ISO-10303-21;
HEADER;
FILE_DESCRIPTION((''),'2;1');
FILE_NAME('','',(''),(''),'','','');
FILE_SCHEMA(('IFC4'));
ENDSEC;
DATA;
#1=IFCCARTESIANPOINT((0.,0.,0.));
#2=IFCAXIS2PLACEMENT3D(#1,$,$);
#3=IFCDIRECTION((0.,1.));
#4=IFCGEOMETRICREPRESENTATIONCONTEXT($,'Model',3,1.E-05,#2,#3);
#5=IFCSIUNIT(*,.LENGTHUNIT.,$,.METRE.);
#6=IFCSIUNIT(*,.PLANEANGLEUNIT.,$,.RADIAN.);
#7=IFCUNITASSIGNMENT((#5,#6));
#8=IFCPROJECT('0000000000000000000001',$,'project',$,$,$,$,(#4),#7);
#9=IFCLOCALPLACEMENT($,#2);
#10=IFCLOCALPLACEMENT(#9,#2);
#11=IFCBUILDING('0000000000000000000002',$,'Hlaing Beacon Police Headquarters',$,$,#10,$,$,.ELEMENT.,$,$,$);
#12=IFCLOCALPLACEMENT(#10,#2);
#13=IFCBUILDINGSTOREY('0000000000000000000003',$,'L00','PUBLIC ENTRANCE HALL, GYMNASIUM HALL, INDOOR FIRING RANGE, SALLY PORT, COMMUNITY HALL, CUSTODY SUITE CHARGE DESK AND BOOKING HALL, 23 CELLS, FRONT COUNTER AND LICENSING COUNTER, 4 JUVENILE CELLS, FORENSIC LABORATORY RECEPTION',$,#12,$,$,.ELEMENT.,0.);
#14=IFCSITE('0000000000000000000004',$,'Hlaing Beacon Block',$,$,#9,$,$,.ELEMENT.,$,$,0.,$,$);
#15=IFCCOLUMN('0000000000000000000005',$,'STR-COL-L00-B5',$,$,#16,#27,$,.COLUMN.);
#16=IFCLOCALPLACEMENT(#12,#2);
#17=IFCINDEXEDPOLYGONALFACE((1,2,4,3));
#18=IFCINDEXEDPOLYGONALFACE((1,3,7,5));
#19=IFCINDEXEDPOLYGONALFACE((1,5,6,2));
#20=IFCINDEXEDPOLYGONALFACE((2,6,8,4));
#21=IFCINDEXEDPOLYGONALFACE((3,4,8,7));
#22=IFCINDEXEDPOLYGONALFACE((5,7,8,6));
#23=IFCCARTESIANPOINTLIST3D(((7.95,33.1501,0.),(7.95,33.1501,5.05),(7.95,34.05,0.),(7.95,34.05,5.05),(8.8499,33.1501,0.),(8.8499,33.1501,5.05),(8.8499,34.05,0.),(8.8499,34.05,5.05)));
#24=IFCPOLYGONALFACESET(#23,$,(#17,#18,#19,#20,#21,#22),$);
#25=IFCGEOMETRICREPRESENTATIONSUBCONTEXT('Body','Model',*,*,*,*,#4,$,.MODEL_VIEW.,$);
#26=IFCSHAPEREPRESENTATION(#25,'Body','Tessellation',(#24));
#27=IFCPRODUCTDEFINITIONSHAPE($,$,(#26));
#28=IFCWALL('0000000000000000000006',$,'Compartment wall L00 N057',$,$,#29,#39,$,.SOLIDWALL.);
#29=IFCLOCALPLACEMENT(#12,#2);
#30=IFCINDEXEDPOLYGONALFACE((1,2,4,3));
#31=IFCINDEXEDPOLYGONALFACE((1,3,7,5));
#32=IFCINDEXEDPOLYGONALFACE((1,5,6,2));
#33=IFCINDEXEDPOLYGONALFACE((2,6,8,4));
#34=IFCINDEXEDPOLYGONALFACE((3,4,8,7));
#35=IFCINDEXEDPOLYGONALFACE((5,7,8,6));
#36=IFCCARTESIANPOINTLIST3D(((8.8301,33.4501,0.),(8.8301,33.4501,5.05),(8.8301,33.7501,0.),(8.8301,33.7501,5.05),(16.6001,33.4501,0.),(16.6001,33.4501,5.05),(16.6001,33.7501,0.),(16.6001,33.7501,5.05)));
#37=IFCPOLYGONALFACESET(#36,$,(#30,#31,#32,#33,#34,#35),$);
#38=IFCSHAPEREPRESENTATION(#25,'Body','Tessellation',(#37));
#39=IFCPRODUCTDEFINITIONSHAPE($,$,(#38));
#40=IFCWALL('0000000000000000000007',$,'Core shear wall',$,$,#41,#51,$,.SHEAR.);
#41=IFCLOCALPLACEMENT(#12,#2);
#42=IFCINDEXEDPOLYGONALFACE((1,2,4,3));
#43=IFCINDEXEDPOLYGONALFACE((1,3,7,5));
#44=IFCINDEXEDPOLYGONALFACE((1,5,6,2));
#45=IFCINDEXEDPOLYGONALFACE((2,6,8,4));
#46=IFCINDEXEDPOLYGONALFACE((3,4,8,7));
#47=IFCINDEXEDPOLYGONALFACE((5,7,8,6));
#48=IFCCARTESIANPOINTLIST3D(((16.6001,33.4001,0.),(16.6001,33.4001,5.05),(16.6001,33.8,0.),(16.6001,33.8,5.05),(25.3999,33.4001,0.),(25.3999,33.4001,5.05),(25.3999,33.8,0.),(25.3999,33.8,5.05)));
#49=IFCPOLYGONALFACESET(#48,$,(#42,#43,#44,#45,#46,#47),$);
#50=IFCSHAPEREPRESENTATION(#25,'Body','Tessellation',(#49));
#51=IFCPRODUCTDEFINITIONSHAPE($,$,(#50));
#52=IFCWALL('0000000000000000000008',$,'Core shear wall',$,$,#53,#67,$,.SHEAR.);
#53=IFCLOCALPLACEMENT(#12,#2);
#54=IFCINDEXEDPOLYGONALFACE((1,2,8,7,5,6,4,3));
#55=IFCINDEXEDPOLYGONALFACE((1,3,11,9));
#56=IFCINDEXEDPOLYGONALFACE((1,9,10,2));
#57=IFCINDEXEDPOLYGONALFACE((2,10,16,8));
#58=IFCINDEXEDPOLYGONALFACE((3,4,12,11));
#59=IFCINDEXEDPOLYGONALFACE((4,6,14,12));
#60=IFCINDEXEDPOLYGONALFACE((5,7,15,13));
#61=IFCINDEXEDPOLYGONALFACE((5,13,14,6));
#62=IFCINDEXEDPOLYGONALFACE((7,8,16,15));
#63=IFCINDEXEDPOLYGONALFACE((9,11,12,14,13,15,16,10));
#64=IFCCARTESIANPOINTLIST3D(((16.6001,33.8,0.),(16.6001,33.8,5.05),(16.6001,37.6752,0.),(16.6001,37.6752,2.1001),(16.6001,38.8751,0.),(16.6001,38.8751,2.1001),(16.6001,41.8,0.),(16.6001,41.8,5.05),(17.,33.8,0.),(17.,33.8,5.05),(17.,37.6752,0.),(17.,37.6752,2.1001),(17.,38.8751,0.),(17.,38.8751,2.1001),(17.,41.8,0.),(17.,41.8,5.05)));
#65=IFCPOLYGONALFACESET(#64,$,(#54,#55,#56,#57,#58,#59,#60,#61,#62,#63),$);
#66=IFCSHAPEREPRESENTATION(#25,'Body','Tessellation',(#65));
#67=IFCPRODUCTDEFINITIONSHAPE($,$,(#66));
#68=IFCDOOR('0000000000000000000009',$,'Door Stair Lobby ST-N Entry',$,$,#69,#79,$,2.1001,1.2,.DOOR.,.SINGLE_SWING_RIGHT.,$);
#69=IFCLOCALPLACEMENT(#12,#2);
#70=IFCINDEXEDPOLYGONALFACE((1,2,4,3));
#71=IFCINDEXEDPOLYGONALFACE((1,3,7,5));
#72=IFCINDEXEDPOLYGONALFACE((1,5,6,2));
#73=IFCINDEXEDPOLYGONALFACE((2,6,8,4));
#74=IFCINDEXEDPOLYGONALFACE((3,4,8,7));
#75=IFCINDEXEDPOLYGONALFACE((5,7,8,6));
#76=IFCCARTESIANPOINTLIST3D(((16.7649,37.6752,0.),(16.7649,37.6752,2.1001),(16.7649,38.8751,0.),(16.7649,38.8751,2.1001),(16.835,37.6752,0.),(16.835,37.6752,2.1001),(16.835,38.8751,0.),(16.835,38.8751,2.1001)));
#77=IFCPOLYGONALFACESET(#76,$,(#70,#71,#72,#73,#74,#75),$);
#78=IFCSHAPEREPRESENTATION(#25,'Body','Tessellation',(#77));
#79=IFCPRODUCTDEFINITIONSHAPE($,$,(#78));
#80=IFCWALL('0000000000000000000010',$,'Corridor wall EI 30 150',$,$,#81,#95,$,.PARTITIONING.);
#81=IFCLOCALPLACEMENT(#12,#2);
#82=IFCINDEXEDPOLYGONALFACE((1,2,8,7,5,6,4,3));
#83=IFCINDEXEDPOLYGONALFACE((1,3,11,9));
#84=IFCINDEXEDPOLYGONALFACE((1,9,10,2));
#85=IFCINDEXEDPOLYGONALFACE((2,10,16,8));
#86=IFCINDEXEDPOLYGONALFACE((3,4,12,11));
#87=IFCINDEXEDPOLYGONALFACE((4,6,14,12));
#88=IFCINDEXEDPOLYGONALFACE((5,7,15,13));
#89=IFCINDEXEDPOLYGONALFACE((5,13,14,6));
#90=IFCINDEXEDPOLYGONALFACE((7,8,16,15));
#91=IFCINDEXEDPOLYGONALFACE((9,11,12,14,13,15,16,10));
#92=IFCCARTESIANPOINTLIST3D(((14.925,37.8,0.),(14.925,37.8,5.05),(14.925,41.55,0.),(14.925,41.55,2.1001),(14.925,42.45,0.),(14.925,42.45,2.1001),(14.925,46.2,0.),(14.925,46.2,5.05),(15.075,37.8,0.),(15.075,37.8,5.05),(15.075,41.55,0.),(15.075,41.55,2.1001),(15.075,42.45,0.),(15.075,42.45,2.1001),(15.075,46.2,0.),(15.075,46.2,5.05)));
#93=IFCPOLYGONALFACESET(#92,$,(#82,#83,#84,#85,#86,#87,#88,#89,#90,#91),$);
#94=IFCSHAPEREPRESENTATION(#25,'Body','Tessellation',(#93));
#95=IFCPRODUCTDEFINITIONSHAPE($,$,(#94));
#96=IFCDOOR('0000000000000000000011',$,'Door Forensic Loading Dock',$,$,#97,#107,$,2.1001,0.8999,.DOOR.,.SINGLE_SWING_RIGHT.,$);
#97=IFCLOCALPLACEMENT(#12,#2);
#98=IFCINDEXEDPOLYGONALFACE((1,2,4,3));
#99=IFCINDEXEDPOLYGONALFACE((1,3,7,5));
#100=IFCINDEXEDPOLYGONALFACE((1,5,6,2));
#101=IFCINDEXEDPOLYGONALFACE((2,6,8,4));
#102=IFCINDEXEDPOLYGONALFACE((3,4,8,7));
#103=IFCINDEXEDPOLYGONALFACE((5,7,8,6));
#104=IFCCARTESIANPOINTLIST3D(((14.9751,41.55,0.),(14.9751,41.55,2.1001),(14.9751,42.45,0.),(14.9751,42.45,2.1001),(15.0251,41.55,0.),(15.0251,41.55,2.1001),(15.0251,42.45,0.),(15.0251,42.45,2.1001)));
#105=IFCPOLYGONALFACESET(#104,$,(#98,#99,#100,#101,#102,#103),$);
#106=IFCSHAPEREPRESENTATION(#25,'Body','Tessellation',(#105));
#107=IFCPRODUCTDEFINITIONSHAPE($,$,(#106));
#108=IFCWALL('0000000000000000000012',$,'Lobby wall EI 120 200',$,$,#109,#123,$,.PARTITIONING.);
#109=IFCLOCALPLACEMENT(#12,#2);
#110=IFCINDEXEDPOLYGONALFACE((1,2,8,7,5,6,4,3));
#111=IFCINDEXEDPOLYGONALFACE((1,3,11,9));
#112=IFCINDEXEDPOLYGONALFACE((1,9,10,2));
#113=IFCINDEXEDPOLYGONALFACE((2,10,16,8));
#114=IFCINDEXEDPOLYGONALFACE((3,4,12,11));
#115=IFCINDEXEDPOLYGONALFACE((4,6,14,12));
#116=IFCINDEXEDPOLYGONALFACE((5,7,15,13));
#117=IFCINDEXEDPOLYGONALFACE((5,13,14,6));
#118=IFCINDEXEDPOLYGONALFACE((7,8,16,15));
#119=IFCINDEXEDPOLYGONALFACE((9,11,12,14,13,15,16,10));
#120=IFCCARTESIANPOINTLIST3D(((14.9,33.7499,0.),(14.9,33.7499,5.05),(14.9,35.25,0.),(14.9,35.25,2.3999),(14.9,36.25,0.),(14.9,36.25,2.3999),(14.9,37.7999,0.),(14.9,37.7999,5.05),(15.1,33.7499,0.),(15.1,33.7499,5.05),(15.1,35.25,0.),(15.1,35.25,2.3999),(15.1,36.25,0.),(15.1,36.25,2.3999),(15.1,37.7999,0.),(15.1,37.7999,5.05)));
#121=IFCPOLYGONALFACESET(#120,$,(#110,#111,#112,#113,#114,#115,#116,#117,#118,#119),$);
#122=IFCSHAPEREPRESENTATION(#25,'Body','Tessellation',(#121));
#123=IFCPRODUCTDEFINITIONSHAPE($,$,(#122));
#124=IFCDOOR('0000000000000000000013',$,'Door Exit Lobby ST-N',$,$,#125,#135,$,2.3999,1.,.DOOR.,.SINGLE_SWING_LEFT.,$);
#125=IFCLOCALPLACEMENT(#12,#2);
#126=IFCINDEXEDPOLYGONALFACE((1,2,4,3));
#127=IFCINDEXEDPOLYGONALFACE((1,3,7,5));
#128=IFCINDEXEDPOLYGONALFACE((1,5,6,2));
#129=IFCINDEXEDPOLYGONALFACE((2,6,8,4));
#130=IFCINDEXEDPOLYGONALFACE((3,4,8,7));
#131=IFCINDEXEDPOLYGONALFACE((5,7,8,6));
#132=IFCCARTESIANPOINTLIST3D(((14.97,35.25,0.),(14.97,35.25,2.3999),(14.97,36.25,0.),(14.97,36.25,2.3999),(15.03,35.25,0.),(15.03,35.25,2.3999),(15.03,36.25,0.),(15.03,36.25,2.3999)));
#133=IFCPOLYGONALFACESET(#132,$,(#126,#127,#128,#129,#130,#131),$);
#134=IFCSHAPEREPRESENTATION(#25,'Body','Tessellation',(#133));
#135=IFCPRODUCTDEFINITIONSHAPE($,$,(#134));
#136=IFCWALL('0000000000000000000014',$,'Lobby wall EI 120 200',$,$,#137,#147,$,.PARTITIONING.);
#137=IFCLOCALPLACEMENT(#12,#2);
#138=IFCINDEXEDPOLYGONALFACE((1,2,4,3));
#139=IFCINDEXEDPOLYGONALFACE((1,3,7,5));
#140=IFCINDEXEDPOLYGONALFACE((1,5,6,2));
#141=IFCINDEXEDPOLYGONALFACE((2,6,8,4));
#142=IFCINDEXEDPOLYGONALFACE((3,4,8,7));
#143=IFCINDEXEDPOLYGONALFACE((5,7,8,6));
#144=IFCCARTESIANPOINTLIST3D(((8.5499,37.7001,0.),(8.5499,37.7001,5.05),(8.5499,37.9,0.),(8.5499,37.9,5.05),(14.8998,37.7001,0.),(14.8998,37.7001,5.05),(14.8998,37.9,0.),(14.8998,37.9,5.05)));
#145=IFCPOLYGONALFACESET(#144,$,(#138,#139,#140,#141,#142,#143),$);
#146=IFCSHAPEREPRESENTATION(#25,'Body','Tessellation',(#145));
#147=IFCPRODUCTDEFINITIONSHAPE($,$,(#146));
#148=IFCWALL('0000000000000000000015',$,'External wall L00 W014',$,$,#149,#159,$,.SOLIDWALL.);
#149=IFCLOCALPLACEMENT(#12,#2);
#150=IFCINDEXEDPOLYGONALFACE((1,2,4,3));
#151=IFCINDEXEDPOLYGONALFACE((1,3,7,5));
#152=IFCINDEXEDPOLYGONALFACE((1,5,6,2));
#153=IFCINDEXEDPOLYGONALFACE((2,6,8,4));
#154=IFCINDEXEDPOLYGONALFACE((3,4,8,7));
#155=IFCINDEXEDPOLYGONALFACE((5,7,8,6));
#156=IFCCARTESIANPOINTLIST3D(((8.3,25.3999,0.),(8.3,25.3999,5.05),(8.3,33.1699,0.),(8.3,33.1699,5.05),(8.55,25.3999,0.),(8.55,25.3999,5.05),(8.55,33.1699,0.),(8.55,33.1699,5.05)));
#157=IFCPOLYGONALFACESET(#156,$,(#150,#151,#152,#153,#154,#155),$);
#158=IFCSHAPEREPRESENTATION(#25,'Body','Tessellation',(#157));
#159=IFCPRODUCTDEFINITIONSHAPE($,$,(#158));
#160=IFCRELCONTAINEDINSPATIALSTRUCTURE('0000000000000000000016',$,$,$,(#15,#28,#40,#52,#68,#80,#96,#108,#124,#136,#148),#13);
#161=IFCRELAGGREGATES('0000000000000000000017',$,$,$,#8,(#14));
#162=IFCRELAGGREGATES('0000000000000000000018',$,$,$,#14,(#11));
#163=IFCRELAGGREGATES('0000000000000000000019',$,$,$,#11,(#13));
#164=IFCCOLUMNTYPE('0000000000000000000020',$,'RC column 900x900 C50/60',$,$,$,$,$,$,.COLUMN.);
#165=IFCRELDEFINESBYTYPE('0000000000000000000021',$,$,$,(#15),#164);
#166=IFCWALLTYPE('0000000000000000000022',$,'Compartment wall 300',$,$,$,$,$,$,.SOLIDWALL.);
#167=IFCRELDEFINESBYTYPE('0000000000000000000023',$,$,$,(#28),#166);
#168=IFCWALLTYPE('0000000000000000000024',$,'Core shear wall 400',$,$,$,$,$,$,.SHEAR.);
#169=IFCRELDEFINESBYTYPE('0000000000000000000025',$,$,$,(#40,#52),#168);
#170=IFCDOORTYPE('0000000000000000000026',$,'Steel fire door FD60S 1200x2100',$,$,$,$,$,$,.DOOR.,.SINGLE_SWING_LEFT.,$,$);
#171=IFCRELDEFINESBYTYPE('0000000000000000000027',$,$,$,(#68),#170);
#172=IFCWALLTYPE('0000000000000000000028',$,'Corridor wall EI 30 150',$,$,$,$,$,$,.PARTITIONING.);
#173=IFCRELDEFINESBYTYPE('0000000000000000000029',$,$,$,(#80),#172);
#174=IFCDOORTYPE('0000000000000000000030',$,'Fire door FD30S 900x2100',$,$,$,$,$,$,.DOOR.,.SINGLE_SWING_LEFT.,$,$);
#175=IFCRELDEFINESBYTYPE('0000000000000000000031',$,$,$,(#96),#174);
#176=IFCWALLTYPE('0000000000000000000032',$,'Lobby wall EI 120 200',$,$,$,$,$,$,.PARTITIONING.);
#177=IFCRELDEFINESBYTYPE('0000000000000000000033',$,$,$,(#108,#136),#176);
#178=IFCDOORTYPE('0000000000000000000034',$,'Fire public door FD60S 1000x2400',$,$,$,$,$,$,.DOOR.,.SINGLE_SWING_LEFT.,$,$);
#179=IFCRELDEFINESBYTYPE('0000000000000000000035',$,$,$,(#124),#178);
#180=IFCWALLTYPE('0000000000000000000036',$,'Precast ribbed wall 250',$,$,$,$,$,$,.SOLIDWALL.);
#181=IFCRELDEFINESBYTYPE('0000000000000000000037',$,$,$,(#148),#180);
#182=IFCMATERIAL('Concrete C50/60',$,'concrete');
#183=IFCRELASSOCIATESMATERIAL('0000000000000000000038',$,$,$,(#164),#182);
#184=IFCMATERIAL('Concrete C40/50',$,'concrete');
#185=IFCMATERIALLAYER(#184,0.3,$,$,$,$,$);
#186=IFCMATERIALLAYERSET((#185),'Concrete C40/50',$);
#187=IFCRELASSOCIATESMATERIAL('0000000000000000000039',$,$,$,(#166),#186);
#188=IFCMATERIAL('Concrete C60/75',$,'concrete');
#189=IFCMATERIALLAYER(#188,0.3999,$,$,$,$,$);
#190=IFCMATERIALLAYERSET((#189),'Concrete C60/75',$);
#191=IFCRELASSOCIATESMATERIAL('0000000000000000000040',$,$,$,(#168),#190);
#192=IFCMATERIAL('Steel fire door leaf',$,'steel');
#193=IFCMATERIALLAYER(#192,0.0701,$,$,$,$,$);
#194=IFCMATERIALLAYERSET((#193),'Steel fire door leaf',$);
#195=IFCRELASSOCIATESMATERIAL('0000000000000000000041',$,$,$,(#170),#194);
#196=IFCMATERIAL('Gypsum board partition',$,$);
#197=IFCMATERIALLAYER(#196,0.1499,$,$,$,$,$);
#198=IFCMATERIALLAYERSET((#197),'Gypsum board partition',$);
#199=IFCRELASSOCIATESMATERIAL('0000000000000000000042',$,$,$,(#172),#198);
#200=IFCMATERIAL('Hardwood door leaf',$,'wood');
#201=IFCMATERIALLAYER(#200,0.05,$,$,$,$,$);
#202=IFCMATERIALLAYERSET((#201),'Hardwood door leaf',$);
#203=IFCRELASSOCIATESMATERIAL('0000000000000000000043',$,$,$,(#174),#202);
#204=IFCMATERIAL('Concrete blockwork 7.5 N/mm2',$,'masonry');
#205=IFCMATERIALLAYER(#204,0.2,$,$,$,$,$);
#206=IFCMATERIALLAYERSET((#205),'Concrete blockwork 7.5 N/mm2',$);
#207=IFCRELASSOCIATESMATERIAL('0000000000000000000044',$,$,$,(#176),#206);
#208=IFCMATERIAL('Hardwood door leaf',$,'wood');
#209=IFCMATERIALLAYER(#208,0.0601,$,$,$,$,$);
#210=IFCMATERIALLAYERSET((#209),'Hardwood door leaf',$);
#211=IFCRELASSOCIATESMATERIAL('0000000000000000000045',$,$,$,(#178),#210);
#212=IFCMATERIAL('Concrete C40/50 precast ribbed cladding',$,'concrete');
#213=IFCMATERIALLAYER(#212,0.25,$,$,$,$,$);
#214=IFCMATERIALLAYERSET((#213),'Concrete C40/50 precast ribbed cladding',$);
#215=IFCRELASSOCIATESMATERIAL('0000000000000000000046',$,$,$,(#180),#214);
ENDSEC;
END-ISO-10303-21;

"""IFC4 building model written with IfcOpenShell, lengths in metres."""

from ifc_helpers import new_model, si_unit, direction, frame, frame_2d, origin, origin_2d, place, context, subcontext, project, spatial, rectangle, extrude, material, layer, layer_set, material_profile, profile_set, type_object, element, fill, save


model = new_model("IFC4")

# Units and contexts
model_context = context("Model", 3, precision=1e-05, world=origin(), true_north=direction((0.0, 1.0)))
body_context = subcontext(model_context, "Body", "Model", "MODEL_VIEW")
ifc_project = project(units=[si_unit("LENGTHUNIT", "METRE"), si_unit("PLANEANGLEUNIT", "RADIAN")], contexts=[model_context])

# Site, building, storey
site_placement = place(None, origin())
site = spatial("IfcSite", under=ifc_project, at=site_placement, Name="Hlaing Beacon Block", CompositionType="ELEMENT", RefElevation=0.0)
building_placement = place(site_placement, origin())
building = spatial("IfcBuilding", under=site, at=building_placement, Name="Hlaing Beacon Police Headquarters", CompositionType="ELEMENT")
storey_placement = place(building_placement, origin())
storey = spatial("IfcBuildingStorey", under=building, at=storey_placement, Name="L00", Description="PUBLIC ENTRANCE HALL, GYMNASIUM HALL, INDOOR FIRING RANGE, SALLY PORT, COMMUNITY HALL, CUSTODY SUITE CHARGE DESK AND BOOKING HALL, 23 CELLS, FRONT COUNTER AND LICENSING COUNTER, 4 JUVENILE CELLS, FORENSIC LABORATORY RECEPTION", CompositionType="ELEMENT", Elevation=0.0)

# Column
ifc_material_1 = material(Name="Concrete C50/60", Category="concrete")
ifc_material_profile = material_profile(ifc_material_1, rectangle(XDim=0.8999, YDim=0.8999, at=origin_2d()), Name="900x900")
ifc_profile_set = profile_set([ifc_material_profile], Name="Concrete C50/60")
column_type = type_object("IfcColumnType", Name="RC column 900x900 C50/60", PredefinedType="COLUMN", material=ifc_profile_set)
column_placement = place(storey_placement, frame((8.3999, 33.6001, 0.0), z_axis=(0.0, 0.0, 1.0), x_axis=(1.0, 0.0, 0.0)))
element("IfcColumn", 1, at=column_placement, inside=storey, type_object=column_type, Name="STR-COL-L00-B5", PredefinedType="COLUMN", context=body_context, shape_type="SweptSolid", body=[
    extrude(rectangle(XDim=0.8999, YDim=0.8999, at=origin_2d()), origin(), (0.0, 0.0, 1.0), 5.05),
])

# Walls
ifc_material_2 = material(Name="Concrete C40/50", Category="concrete")
ifc_layer_1 = layer(ifc_material_2, 0.3)
ifc_layer_set_1 = layer_set([ifc_layer_1], Name="Concrete C40/50")
wall_type_1 = type_object("IfcWallType", Name="Compartment wall 300", PredefinedType="SOLIDWALL", material=ifc_layer_set_1)
wall_1_placement = place(storey_placement, frame((16.6001, 33.6001, 0.0), z_axis=(0.0, 0.0, 1.0), x_axis=(-1.0, 0.0, 0.0)))
element("IfcWall", 2, at=wall_1_placement, inside=storey, type_object=wall_type_1, Name="Compartment wall L00 N057", PredefinedType="SOLIDWALL", context=body_context, shape_type="SweptSolid", body=[
    extrude(rectangle(XDim=7.77, YDim=0.3, at=frame_2d((3.885, 0.0))), origin(), (0.0, 0.0, 1.0), 5.05),
])
ifc_material_3 = material(Name="Concrete C60/75", Category="concrete")
ifc_layer_2 = layer(ifc_material_3, 0.3999)
ifc_layer_set_2 = layer_set([ifc_layer_2], Name="Concrete C60/75")
wall_type_2 = type_object("IfcWallType", Name="Core shear wall 400", PredefinedType="SHEAR", material=ifc_layer_set_2)
wall_2_placement = place(storey_placement, frame((16.6001, 33.6001, 0.0), z_axis=(0.0, 0.0, 1.0), x_axis=(1.0, 0.0, 0.0)))
element("IfcWall", 3, at=wall_2_placement, inside=storey, type_object=wall_type_2, Name="Core shear wall", PredefinedType="SHEAR", context=body_context, shape_type="SweptSolid", body=[
    extrude(rectangle(XDim=8.7998, YDim=0.3999, at=frame_2d((4.3999, 0.0))), origin(), (0.0, 0.0, 1.0), 5.05),
])

# Walls, openings, doors
wall_3_placement = place(storey_placement, frame((16.8, 33.8, 0.0), z_axis=(0.0, 0.0, 1.0), x_axis=(0.0, 1.0, 0.0)))
wall_3 = element("IfcWall", 4, at=wall_3_placement, inside=storey, type_object=wall_type_2, Name="Core shear wall", PredefinedType="SHEAR", context=body_context, shape_type="SweptSolid", body=[
    extrude(rectangle(XDim=8.0, YDim=0.3999, at=frame_2d((4.0, 0.0))), origin(), (0.0, 0.0, 1.0), 5.05),
])
opening_1_placement = place(wall_3_placement, frame((3.875, 0.0, 0.0)))
opening_1 = element("IfcOpeningElement", 5, at=opening_1_placement, cuts=wall_3, PredefinedType="OPENING", context=body_context, shape_type="SweptSolid", body=[
    extrude(rectangle(XDim=1.2, YDim=2.1001, at=frame_2d((0.6001, 1.05))), frame((0.0, 0.21, 0.0), z_axis=(0.0, -1.0, 0.0), x_axis=(1.0, 0.0, 0.0)), (0.0, 0.0, 1.0), 0.4199),
])
ifc_material_4 = material(Name="Steel fire door leaf", Category="steel")
ifc_layer_3 = layer(ifc_material_4, 0.0701)
ifc_layer_set_3 = layer_set([ifc_layer_3], Name="Steel fire door leaf")
door_type_1 = type_object("IfcDoorType", Name="Steel fire door FD60S 1200x2100", OperationType="SINGLE_SWING_LEFT", PredefinedType="DOOR", material=ifc_layer_set_3)
door_1_placement = place(opening_1_placement, frame((1.2, 0.0, 0.0), z_axis=(0.0, 0.0, 1.0), x_axis=(-1.0, 0.0, 0.0)))
door_1 = element("IfcDoor", 6, at=door_1_placement, inside=storey, type_object=door_type_1, Name="Door Stair Lobby ST-N Entry", OperationType="SINGLE_SWING_RIGHT", OverallHeight=2.1001, OverallWidth=1.2, PredefinedType="DOOR", context=body_context, shape_type="SweptSolid", body=[
    extrude(rectangle(XDim=1.2, YDim=2.1001, at=frame_2d((0.5999, 1.05))), frame((0.0, 0.0349, 0.0), z_axis=(0.0, -1.0, 0.0), x_axis=(1.0, 0.0, 0.0)), (0.0, 0.0, 1.0), 0.0701),
])
fill(opening_1, door_1)
ifc_material_5 = material(Name="Gypsum board partition")
ifc_layer_4 = layer(ifc_material_5, 0.1499)
ifc_layer_set_4 = layer_set([ifc_layer_4], Name="Gypsum board partition")
wall_type_3 = type_object("IfcWallType", Name="Corridor wall EI 30 150", PredefinedType="PARTITIONING", material=ifc_layer_set_4)
wall_4_placement = place(storey_placement, frame((15.0, 37.8, 0.0), z_axis=(0.0, 0.0, 1.0), x_axis=(0.0, 1.0, 0.0)))
wall_4 = element("IfcWall", 7, at=wall_4_placement, inside=storey, type_object=wall_type_3, Name="Corridor wall EI 30 150", PredefinedType="PARTITIONING", context=body_context, shape_type="SweptSolid", body=[
    extrude(rectangle(XDim=8.3999, YDim=0.1499, at=frame_2d((4.2, 0.0))), origin(), (0.0, 0.0, 1.0), 5.05),
])
opening_2_placement = place(wall_4_placement, frame((3.75, 0.0, 0.0)))
opening_2 = element("IfcOpeningElement", 8, at=opening_2_placement, cuts=wall_4, PredefinedType="OPENING", context=body_context, shape_type="SweptSolid", body=[
    extrude(rectangle(XDim=0.8999, YDim=2.1001, at=frame_2d((0.45, 1.05))), frame((0.0, 0.085, 0.0), z_axis=(0.0, -1.0, 0.0), x_axis=(1.0, 0.0, 0.0)), (0.0, 0.0, 1.0), 0.1699),
])
ifc_material_6 = material(Name="Hardwood door leaf", Category="wood")
ifc_layer_5 = layer(ifc_material_6, 0.05)
ifc_layer_set_5 = layer_set([ifc_layer_5], Name="Hardwood door leaf")
door_type_2 = type_object("IfcDoorType", Name="Fire door FD30S 900x2100", OperationType="SINGLE_SWING_LEFT", PredefinedType="DOOR", material=ifc_layer_set_5)
door_2_placement = place(opening_2_placement, origin())
door_2 = element("IfcDoor", 9, at=door_2_placement, inside=storey, type_object=door_type_2, Name="Door Forensic Loading Dock", OperationType="SINGLE_SWING_RIGHT", OverallHeight=2.1001, OverallWidth=0.8999, PredefinedType="DOOR", context=body_context, shape_type="SweptSolid", body=[
    extrude(rectangle(XDim=0.8999, YDim=2.1001, at=frame_2d((0.45, 1.05))), frame((0.0, 0.0249, 0.0), z_axis=(0.0, -1.0, 0.0), x_axis=(1.0, 0.0, 0.0)), (0.0, 0.0, 1.0), 0.05),
])
fill(opening_2, door_2)
ifc_material_7 = material(Name="Concrete blockwork 7.5 N/mm2", Category="masonry")
ifc_layer_6 = layer(ifc_material_7, 0.2)
ifc_layer_set_6 = layer_set([ifc_layer_6], Name="Concrete blockwork 7.5 N/mm2")
wall_type_4 = type_object("IfcWallType", Name="Lobby wall EI 120 200", PredefinedType="PARTITIONING", material=ifc_layer_set_6)
wall_5_placement = place(storey_placement, frame((15.0, 33.75, 0.0), z_axis=(0.0, 0.0, 1.0), x_axis=(0.0, 1.0, 0.0)))
wall_5 = element("IfcWall", 10, at=wall_5_placement, inside=storey, type_object=wall_type_4, Name="Lobby wall EI 120 200", PredefinedType="PARTITIONING", context=body_context, shape_type="SweptSolid", body=[
    extrude(rectangle(XDim=4.05, YDim=0.2, at=frame_2d((2.0249, 0.0))), origin(), (0.0, 0.0, 1.0), 5.05),
])
opening_3_placement = place(wall_5_placement, frame((1.5, 0.0, 0.0)))
opening_3 = element("IfcOpeningElement", 11, at=opening_3_placement, cuts=wall_5, PredefinedType="OPENING", context=body_context, shape_type="SweptSolid", body=[
    extrude(rectangle(XDim=1.0, YDim=2.3999, at=frame_2d((0.5, 1.2))), frame((0.0, 0.1099, 0.0), z_axis=(0.0, -1.0, 0.0), x_axis=(1.0, 0.0, 0.0)), (0.0, 0.0, 1.0), 0.22),
])
ifc_material_8 = material(Name="Hardwood door leaf", Category="wood")
ifc_layer_7 = layer(ifc_material_8, 0.0601)
ifc_layer_set_7 = layer_set([ifc_layer_7], Name="Hardwood door leaf")
door_type_3 = type_object("IfcDoorType", Name="Fire public door FD60S 1000x2400", OperationType="SINGLE_SWING_LEFT", PredefinedType="DOOR", material=ifc_layer_set_7)
door_3_placement = place(opening_3_placement, origin())
door_3 = element("IfcDoor", 12, at=door_3_placement, inside=storey, type_object=door_type_3, Name="Door Exit Lobby ST-N", OperationType="SINGLE_SWING_LEFT", OverallHeight=2.3999, OverallWidth=1.0, PredefinedType="DOOR", context=body_context, shape_type="SweptSolid", body=[
    extrude(rectangle(XDim=1.0, YDim=2.3999, at=frame_2d((0.5, 1.2))), frame((0.0, 0.03, 0.0), z_axis=(0.0, -1.0, 0.0), x_axis=(1.0, 0.0, 0.0)), (0.0, 0.0, 1.0), 0.0601),
])
fill(opening_3, door_3)

# Walls
wall_6_placement = place(storey_placement, frame((8.55, 37.8, 0.0), z_axis=(0.0, 0.0, 1.0), x_axis=(1.0, 0.0, 0.0)))
element("IfcWall", 13, at=wall_6_placement, inside=storey, type_object=wall_type_4, Name="Lobby wall EI 120 200", PredefinedType="PARTITIONING", context=body_context, shape_type="SweptSolid", body=[
    extrude(rectangle(XDim=6.3499, YDim=0.2, at=frame_2d((3.1748, 0.0))), origin(), (0.0, 0.0, 1.0), 5.05),
])
ifc_material_9 = material(Name="Concrete C40/50 precast ribbed cladding", Category="concrete")
ifc_layer_8 = layer(ifc_material_9, 0.25)
ifc_layer_set_8 = layer_set([ifc_layer_8], Name="Concrete C40/50 precast ribbed cladding")
wall_type_5 = type_object("IfcWallType", Name="Precast ribbed wall 250", PredefinedType="SOLIDWALL", material=ifc_layer_set_8)
wall_7_placement = place(storey_placement, frame((8.425, 33.1699, 0.0), z_axis=(0.0, 0.0, 1.0), x_axis=(0.0, -1.0, 0.0)))
element("IfcWall", 14, at=wall_7_placement, inside=storey, type_object=wall_type_5, Name="External wall L00 W014", PredefinedType="SOLIDWALL", context=body_context, shape_type="SweptSolid", body=[
    extrude(rectangle(XDim=7.77, YDim=0.25, at=frame_2d((3.885, 0.0))), origin(), (0.0, 0.0, 1.0), 5.05),
])

save(model, "model.ifc")
